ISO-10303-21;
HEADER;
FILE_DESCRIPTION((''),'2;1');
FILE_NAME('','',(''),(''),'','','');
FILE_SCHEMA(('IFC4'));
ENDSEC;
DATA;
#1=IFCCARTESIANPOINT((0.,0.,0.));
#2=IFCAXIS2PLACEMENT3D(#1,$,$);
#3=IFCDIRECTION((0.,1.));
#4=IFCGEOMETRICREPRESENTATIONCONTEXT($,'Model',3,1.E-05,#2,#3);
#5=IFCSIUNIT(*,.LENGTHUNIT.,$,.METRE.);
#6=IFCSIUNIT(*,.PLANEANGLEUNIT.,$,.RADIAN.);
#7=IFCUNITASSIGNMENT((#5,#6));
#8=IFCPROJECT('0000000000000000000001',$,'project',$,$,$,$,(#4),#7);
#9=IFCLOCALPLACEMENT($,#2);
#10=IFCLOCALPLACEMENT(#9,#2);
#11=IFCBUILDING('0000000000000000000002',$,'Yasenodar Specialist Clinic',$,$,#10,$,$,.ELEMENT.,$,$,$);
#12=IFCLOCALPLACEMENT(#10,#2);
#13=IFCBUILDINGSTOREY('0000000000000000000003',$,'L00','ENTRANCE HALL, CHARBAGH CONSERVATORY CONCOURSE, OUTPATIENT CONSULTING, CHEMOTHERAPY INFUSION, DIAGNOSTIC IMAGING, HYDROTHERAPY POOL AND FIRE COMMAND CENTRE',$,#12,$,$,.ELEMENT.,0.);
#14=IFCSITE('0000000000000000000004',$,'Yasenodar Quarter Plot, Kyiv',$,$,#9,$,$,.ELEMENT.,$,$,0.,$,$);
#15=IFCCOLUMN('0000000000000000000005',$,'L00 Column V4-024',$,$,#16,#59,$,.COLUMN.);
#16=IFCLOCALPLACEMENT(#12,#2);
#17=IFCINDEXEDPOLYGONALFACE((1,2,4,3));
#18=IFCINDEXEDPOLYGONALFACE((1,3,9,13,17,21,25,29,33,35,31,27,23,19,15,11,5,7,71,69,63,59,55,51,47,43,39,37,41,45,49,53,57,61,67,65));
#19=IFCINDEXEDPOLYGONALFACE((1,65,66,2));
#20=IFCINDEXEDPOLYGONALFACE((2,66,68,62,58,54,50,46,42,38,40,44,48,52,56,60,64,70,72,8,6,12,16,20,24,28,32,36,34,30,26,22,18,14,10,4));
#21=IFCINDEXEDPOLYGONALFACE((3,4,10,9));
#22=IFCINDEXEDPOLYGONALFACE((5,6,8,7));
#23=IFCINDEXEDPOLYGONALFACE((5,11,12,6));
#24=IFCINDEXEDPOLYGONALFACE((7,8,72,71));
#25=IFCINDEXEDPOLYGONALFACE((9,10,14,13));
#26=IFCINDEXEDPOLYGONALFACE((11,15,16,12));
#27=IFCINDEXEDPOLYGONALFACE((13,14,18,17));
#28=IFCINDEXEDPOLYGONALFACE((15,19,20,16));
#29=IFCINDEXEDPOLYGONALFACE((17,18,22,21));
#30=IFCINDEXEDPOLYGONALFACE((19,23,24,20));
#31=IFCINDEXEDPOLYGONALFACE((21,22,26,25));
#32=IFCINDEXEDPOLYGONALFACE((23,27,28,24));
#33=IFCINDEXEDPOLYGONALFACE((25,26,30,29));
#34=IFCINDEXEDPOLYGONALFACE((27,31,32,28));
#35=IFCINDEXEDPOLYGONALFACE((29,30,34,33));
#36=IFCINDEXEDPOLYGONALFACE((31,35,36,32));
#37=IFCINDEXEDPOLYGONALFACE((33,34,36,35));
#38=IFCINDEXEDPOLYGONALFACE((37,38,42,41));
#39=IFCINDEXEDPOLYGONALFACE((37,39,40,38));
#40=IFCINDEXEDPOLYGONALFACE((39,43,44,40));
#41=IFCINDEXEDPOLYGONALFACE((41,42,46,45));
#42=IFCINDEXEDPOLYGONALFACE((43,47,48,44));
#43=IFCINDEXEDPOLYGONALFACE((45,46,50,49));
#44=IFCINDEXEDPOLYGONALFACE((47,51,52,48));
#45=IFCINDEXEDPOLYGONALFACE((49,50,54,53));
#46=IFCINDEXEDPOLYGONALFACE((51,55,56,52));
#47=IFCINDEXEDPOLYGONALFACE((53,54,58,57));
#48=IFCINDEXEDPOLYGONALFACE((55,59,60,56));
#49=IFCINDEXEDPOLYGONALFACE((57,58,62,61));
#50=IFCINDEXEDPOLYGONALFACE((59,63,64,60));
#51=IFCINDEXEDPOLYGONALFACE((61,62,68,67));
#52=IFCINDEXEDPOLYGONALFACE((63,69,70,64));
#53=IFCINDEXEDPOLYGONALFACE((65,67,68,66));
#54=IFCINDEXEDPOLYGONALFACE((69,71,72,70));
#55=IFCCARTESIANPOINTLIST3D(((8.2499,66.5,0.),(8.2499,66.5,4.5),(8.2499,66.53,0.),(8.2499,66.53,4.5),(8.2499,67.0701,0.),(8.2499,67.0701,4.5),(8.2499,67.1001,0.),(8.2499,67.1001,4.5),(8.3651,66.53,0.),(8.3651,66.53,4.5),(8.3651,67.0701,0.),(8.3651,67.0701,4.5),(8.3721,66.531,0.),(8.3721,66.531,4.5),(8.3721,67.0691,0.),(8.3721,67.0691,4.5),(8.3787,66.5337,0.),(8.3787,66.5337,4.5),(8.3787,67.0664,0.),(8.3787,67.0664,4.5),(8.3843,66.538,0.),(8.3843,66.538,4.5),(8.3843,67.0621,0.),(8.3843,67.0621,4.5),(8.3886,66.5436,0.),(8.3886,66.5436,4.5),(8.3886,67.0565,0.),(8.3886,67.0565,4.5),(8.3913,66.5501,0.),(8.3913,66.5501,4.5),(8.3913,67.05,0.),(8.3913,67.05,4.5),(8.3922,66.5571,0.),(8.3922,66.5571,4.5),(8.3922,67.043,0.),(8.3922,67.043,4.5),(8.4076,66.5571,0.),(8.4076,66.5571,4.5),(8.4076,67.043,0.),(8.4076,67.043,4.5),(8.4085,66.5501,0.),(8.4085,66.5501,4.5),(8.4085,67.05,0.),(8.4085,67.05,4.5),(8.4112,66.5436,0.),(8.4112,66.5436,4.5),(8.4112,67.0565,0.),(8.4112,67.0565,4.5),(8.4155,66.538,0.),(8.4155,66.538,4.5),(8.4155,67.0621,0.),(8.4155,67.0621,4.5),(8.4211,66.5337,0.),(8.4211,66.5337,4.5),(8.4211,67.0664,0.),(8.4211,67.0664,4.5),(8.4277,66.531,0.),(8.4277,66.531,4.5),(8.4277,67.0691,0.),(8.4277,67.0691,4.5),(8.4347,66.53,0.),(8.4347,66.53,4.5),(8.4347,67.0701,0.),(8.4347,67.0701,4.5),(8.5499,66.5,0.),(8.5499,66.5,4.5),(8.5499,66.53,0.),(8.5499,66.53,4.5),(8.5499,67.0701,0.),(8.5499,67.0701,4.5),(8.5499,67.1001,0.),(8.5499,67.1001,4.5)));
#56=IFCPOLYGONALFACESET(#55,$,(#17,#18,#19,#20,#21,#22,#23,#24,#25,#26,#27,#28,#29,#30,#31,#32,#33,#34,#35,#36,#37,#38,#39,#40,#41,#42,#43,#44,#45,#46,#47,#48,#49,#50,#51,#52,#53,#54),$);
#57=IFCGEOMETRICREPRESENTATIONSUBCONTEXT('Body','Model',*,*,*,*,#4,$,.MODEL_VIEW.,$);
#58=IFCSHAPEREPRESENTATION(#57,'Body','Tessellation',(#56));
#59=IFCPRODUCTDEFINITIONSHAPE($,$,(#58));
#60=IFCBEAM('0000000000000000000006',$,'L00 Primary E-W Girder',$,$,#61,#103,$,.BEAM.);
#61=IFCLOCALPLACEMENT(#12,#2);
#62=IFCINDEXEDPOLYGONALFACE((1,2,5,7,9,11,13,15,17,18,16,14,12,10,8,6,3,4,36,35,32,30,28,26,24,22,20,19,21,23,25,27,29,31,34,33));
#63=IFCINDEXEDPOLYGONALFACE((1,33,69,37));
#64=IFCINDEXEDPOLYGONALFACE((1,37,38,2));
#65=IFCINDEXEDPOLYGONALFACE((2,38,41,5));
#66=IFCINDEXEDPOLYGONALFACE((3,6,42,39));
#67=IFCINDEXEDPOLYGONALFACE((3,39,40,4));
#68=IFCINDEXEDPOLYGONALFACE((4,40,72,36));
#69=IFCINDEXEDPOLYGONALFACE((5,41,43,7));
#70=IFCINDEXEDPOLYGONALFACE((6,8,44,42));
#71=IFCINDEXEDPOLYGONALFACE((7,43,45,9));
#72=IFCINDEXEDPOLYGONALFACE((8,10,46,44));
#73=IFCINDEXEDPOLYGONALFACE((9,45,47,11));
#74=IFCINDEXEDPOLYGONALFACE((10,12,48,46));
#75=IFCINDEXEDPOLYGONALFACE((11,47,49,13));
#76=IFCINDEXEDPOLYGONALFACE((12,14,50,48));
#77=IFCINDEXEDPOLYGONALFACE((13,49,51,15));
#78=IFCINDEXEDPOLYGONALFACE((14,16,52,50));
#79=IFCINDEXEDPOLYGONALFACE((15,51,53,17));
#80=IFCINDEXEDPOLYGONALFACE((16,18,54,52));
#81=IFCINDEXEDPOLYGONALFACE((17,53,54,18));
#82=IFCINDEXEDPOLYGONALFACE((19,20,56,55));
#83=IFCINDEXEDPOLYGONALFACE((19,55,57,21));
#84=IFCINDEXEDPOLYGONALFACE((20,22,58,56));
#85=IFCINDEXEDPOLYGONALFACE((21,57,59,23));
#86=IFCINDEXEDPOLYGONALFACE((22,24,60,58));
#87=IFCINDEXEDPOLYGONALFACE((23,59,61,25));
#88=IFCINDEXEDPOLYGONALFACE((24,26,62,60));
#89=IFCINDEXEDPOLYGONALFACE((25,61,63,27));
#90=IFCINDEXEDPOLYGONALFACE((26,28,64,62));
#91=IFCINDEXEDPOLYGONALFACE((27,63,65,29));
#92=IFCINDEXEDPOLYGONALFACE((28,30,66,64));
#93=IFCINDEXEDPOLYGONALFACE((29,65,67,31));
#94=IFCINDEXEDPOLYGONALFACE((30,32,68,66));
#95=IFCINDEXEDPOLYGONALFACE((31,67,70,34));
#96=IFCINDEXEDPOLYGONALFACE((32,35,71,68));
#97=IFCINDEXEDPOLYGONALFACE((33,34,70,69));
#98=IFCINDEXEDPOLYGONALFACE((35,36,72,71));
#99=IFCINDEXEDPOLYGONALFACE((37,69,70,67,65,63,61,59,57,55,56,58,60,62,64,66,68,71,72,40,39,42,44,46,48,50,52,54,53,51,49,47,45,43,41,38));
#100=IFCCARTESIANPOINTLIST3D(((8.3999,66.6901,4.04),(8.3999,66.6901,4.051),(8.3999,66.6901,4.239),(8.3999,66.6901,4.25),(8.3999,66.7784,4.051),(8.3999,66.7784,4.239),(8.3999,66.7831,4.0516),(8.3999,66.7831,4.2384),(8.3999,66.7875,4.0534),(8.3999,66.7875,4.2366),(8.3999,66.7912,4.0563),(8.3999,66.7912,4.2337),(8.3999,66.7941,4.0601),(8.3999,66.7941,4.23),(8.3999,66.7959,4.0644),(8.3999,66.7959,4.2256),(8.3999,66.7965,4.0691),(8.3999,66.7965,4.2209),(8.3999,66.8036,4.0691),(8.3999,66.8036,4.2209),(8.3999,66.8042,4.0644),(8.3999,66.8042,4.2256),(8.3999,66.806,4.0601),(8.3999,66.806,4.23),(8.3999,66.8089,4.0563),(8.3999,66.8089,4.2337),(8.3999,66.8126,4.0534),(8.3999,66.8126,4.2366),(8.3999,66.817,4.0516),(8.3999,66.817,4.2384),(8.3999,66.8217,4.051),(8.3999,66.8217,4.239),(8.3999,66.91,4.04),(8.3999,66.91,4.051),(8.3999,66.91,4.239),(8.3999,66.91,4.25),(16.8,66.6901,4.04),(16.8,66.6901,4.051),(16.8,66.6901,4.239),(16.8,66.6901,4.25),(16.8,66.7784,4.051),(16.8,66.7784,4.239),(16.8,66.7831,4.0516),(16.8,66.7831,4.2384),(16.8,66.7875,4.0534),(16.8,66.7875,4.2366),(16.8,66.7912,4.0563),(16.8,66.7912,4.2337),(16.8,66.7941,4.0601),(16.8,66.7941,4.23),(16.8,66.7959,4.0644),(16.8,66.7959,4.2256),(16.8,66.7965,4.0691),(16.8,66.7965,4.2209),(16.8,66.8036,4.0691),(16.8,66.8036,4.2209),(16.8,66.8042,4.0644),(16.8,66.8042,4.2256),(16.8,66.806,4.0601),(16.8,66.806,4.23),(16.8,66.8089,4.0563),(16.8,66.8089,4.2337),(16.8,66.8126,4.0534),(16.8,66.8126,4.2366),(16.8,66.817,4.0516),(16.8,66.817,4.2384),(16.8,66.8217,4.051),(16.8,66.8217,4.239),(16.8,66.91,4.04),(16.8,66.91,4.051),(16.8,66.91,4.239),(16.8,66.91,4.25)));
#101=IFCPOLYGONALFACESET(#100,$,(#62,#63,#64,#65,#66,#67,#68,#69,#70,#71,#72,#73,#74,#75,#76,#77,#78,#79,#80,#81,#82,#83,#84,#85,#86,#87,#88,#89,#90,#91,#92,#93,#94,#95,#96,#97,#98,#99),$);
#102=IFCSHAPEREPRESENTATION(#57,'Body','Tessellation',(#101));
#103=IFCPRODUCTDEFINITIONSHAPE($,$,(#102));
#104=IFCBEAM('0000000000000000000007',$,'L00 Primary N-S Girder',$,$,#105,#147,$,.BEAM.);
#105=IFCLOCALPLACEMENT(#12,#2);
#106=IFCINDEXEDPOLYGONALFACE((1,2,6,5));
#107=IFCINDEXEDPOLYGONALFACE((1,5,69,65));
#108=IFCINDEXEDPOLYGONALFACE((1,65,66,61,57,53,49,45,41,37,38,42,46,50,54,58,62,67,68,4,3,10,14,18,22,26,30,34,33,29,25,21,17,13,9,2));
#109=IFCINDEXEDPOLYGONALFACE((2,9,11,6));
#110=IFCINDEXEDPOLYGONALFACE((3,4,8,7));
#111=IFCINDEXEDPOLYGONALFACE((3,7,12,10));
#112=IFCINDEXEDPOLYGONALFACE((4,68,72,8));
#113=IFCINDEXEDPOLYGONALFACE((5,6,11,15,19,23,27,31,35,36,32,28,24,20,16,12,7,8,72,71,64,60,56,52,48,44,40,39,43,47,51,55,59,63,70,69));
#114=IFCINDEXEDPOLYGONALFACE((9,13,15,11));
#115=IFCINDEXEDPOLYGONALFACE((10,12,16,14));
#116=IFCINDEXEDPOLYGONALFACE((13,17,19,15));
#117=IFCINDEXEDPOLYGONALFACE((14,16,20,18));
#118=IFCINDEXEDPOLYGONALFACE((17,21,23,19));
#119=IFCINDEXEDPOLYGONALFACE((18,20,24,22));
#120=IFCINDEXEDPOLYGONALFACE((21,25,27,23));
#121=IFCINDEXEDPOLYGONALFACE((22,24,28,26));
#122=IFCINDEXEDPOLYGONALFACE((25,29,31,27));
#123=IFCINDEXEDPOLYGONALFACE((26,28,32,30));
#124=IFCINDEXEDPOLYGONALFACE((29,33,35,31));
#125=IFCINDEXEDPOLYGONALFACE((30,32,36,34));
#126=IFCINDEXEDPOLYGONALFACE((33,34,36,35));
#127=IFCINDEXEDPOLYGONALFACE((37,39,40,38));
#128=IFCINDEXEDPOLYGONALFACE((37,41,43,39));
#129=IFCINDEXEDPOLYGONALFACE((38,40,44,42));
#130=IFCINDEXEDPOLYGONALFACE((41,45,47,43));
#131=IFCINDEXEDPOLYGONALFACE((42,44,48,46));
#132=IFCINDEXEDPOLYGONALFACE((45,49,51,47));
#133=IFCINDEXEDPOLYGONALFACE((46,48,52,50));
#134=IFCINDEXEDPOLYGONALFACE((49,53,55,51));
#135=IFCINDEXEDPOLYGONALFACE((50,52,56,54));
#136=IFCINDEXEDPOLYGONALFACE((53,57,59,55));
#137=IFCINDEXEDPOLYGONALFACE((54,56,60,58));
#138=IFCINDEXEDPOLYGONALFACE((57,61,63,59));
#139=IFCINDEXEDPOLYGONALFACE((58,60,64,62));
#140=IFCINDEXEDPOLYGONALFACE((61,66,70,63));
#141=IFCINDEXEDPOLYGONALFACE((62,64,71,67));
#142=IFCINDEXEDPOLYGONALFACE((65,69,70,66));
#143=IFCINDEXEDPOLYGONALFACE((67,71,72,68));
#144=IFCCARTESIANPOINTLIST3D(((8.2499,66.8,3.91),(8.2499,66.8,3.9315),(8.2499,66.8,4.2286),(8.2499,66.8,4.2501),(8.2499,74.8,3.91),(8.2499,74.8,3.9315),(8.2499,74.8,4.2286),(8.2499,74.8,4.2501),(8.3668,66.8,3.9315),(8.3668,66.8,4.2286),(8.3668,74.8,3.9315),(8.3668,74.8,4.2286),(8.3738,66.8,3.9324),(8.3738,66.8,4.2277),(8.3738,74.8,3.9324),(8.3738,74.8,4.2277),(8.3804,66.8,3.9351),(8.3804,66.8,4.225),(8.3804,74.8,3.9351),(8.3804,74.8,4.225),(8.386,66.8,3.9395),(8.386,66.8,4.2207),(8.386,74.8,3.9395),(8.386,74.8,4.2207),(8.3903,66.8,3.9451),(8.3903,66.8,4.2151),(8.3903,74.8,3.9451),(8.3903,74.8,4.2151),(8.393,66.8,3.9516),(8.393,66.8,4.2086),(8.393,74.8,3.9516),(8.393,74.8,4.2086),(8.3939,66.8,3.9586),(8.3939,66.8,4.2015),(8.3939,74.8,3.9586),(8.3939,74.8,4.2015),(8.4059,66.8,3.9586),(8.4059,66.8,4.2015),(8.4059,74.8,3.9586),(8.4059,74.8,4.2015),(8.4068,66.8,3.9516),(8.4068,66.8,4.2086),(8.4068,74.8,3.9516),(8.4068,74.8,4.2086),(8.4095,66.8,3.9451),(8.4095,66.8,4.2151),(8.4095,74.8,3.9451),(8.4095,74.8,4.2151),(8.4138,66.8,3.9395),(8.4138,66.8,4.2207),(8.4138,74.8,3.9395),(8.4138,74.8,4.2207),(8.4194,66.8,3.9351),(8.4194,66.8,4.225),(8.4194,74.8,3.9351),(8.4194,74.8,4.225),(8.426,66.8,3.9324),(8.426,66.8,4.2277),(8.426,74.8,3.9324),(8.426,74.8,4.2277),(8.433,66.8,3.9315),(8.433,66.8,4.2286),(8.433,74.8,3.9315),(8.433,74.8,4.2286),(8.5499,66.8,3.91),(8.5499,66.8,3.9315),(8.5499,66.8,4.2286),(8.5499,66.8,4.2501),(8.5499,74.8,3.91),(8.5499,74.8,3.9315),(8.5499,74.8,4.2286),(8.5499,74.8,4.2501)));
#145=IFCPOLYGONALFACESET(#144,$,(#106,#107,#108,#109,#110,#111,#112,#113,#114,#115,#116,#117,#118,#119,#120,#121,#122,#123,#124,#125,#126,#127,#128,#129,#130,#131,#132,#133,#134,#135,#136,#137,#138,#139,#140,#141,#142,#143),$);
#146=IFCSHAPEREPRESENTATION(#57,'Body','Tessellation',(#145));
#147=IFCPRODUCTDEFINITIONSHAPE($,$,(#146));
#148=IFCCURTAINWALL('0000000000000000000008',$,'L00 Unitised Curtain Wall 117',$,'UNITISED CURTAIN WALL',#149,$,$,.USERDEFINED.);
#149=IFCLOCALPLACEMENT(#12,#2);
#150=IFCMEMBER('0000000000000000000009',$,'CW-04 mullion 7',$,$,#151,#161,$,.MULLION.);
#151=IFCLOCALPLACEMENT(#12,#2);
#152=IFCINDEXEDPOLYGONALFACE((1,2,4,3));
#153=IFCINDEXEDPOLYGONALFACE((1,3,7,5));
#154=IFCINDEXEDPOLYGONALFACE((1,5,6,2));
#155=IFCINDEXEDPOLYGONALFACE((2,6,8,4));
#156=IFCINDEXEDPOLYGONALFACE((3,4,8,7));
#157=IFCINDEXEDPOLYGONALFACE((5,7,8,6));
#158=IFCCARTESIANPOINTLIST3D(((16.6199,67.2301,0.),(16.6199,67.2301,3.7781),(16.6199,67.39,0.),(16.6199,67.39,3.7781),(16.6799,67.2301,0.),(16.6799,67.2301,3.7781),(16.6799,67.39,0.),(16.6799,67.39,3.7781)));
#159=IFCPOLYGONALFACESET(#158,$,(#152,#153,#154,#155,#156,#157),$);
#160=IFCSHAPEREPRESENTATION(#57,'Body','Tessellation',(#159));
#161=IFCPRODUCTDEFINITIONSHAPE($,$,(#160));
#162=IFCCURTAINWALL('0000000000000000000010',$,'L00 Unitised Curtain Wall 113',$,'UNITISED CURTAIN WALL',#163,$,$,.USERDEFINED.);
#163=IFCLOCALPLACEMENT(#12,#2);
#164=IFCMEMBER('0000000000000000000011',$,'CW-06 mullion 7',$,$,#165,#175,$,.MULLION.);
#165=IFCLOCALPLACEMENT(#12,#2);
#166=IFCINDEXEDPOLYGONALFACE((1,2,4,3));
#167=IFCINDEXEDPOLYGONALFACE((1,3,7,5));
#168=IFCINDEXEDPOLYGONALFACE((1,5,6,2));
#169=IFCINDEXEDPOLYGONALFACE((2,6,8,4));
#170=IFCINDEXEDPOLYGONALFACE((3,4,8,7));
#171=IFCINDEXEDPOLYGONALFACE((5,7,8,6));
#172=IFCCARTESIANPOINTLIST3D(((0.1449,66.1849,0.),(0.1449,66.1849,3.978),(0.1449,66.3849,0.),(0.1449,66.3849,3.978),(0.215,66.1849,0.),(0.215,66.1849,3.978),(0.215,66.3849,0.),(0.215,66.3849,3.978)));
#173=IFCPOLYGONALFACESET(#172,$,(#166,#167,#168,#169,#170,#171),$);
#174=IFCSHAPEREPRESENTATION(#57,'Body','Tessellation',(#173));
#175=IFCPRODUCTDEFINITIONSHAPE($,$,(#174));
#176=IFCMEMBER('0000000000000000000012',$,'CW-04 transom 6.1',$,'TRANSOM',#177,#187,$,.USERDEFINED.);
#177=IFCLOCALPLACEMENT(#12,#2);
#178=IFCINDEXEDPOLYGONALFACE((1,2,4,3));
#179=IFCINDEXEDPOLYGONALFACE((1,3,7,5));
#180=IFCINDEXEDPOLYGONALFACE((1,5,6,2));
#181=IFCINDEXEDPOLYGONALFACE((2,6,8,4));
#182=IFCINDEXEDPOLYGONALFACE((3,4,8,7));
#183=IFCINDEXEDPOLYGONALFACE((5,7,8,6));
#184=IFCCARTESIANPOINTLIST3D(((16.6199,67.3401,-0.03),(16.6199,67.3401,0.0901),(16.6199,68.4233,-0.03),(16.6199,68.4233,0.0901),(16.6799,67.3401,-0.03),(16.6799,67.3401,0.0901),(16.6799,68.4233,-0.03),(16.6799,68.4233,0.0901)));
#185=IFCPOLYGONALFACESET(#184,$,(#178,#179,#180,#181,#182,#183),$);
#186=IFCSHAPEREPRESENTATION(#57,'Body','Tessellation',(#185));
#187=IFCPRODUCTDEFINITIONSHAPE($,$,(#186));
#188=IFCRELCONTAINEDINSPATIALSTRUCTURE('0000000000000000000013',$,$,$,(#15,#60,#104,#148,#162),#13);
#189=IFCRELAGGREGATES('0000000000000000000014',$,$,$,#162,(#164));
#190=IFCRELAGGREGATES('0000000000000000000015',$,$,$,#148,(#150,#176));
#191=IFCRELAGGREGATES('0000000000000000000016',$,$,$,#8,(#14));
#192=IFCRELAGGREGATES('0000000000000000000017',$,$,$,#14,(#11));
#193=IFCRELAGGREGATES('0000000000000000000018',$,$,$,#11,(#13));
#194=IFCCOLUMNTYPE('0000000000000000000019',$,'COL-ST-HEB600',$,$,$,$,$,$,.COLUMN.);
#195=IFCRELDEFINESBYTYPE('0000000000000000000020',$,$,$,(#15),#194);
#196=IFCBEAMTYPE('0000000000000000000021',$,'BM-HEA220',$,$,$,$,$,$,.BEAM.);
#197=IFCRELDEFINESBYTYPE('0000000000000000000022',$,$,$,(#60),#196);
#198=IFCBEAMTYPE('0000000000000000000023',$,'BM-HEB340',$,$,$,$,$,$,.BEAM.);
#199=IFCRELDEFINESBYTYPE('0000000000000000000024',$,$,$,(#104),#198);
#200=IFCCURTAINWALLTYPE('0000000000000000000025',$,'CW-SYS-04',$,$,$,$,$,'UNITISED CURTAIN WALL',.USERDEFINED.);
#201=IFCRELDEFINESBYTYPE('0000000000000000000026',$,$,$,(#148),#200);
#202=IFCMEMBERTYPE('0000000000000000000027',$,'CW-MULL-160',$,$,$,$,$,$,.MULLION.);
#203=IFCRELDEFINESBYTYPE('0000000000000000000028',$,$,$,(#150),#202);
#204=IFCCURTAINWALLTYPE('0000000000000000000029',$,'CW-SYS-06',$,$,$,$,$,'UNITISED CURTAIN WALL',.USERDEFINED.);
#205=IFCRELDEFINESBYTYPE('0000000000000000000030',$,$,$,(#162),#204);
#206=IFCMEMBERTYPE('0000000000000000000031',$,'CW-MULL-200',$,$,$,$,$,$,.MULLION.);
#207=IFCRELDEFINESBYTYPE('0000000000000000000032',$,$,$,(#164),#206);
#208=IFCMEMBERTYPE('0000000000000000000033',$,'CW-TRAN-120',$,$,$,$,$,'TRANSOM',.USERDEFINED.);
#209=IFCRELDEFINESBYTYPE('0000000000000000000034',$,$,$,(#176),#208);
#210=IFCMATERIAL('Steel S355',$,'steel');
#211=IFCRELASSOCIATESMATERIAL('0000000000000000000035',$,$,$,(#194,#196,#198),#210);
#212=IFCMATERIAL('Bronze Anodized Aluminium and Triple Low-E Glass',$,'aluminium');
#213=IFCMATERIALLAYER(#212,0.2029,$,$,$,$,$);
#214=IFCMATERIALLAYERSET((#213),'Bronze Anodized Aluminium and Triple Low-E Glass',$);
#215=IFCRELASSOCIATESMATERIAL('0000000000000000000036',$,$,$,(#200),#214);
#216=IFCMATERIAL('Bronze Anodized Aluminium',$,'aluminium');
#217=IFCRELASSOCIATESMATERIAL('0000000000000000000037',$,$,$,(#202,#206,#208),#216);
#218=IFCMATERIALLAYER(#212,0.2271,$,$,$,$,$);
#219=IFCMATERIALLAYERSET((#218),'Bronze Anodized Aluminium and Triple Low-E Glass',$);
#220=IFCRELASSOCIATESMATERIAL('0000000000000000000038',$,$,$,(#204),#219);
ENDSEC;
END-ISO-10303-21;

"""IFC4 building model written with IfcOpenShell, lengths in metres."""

from ifc_helpers import new_model, si_unit, direction, frame, origin, origin_2d, place, context, subcontext, project, spatial, rectangle, i_section, extrude, material, layer, layer_set, material_profile, profile_set, type_object, element, aggregate, save


model = new_model("IFC4")

# Units and contexts
model_context = context("Model", 3, precision=1e-05, world=origin(), true_north=direction((0.0, 1.0)))
body_context = subcontext(model_context, "Body", "Model", "MODEL_VIEW")
ifc_project = project(units=[si_unit("LENGTHUNIT", "METRE"), si_unit("PLANEANGLEUNIT", "RADIAN")], contexts=[model_context])

# Site, building, storey
site_placement = place(None, origin())
site = spatial("IfcSite", under=ifc_project, at=site_placement, Name="Yasenodar Quarter Plot, Kyiv", CompositionType="ELEMENT", RefElevation=0.0)
building_placement = place(site_placement, origin())
building = spatial("IfcBuilding", under=site, at=building_placement, Name="Yasenodar Specialist Clinic", CompositionType="ELEMENT")
storey_placement = place(building_placement, origin())
storey = spatial("IfcBuildingStorey", under=building, at=storey_placement, Name="L00", Description="ENTRANCE HALL, CHARBAGH CONSERVATORY CONCOURSE, OUTPATIENT CONSULTING, CHEMOTHERAPY INFUSION, DIAGNOSTIC IMAGING, HYDROTHERAPY POOL AND FIRE COMMAND CENTRE", CompositionType="ELEMENT", Elevation=0.0)

# Column
ifc_material_1 = material(Name="Steel S355", Category="steel")
ifc_material_profile_1 = material_profile(ifc_material_1, i_section(OverallWidth=0.3, OverallDepth=0.6001, WebThickness=0.0154, FlangeThickness=0.03, FilletRadius=0.0271, at=origin_2d()), Name="HEB 600")
ifc_profile_set_1 = profile_set([ifc_material_profile_1], Name="Steel S355")
column_type = type_object("IfcColumnType", Name="COL-ST-HEB600", PredefinedType="COLUMN", material=ifc_profile_set_1)
column_placement = place(storey_placement, frame((8.3999, 66.8, 0.0), z_axis=(0.0, 0.0, 1.0), x_axis=(1.0, 0.0, 0.0)))
element("IfcColumn", 1, at=column_placement, inside=storey, type_object=column_type, Name="L00 Column V4-024", PredefinedType="COLUMN", context=body_context, shape_type="SweptSolid", body=[
    extrude(i_section(OverallWidth=0.3, OverallDepth=0.6001, WebThickness=0.0154, FlangeThickness=0.03, FilletRadius=0.0271, at=origin_2d()), origin(), (0.0, 0.0, 1.0), 4.5),
])

# Beams
ifc_material_profile_2 = material_profile(ifc_material_1, i_section(OverallWidth=0.22, OverallDepth=0.21, WebThickness=0.0071, FlangeThickness=0.011, FilletRadius=0.0181, at=origin_2d()), Name="HEA 220")
ifc_profile_set_2 = profile_set([ifc_material_profile_2], Name="Steel S355")
beam_type_1 = type_object("IfcBeamType", Name="BM-HEA220", PredefinedType="BEAM", material=ifc_profile_set_2)
beam_1_placement = place(storey_placement, frame((8.3999, 66.8, 4.145), z_axis=(1.0, 0.0, 0.0), x_axis=(0.0, 1.0, 0.0)))
element("IfcBeam", 2, at=beam_1_placement, inside=storey, type_object=beam_type_1, Name="L00 Primary E-W Girder", PredefinedType="BEAM", context=body_context, shape_type="SweptSolid", body=[
    extrude(i_section(OverallWidth=0.22, OverallDepth=0.21, WebThickness=0.0071, FlangeThickness=0.011, FilletRadius=0.0181, at=origin_2d()), origin(), (0.0, 0.0, 1.0), 8.4001),
])
ifc_material_profile_3 = material_profile(ifc_material_1, i_section(OverallWidth=0.3, OverallDepth=0.3401, WebThickness=0.012, FlangeThickness=0.0215, FilletRadius=0.0271, at=origin_2d()), Name="HEB 340")
ifc_profile_set_3 = profile_set([ifc_material_profile_3], Name="Steel S355")
beam_type_2 = type_object("IfcBeamType", Name="BM-HEB340", PredefinedType="BEAM", material=ifc_profile_set_3)
beam_2_placement = place(storey_placement, frame((8.3999, 66.8, 4.0801), z_axis=(0.0, 1.0, 0.0), x_axis=(-1.0, 0.0, 0.0)))
element("IfcBeam", 3, at=beam_2_placement, inside=storey, type_object=beam_type_2, Name="L00 Primary N-S Girder", PredefinedType="BEAM", context=body_context, shape_type="SweptSolid", body=[
    extrude(i_section(OverallWidth=0.3, OverallDepth=0.3401, WebThickness=0.012, FlangeThickness=0.0215, FilletRadius=0.0271, at=origin_2d()), origin(), (0.0, 0.0, 1.0), 8.0),
])

# Curtain walls, members
ifc_material_2 = material(Name="Bronze Anodized Aluminium and Triple Low-E Glass", Category="aluminium")
ifc_layer_1 = layer(ifc_material_2, 0.2029)
ifc_layer_set_1 = layer_set([ifc_layer_1], Name="Bronze Anodized Aluminium and Triple Low-E Glass")
curtain_wall_type_1 = type_object("IfcCurtainWallType", Name="CW-SYS-04", ElementType="UNITISED CURTAIN WALL", PredefinedType="USERDEFINED", material=ifc_layer_set_1)
curtain_wall_1_placement = place(storey_placement, origin())
curtain_wall_1 = element("IfcCurtainWall", 4, at=curtain_wall_1_placement, inside=storey, type_object=curtain_wall_type_1, Name="L00 Unitised Curtain Wall 117", ObjectType="UNITISED CURTAIN WALL", PredefinedType="USERDEFINED")
ifc_material_3 = material(Name="Bronze Anodized Aluminium", Category="aluminium")
ifc_material_profile_4 = material_profile(ifc_material_3, rectangle(XDim=0.0601, YDim=0.1599, at=origin_2d()), Name="CW-MULL 60x160")
ifc_profile_set_4 = profile_set([ifc_material_profile_4], Name="Bronze Anodized Aluminium")
member_type_1 = type_object("IfcMemberType", Name="CW-MULL-160", PredefinedType="MULLION", material=ifc_profile_set_4)
member_1_placement = place(storey_placement, frame((16.6499, 67.3101, 0.0), z_axis=(0.0, 0.0, 1.0), x_axis=(1.0, 0.0, 0.0)))
member_1 = element("IfcMember", 5, at=member_1_placement, type_object=member_type_1, Name="CW-04 mullion 7", PredefinedType="MULLION", context=body_context, shape_type="SweptSolid", body=[
    extrude(rectangle(XDim=0.0601, YDim=0.1599, at=origin_2d()), origin(), (0.0, 0.0, 1.0), 3.7781),
])
ifc_layer_2 = layer(ifc_material_2, 0.2271)
ifc_layer_set_2 = layer_set([ifc_layer_2], Name="Bronze Anodized Aluminium and Triple Low-E Glass")
curtain_wall_type_2 = type_object("IfcCurtainWallType", Name="CW-SYS-06", ElementType="UNITISED CURTAIN WALL", PredefinedType="USERDEFINED", material=ifc_layer_set_2)
curtain_wall_2_placement = place(storey_placement, origin())
curtain_wall_2 = element("IfcCurtainWall", 6, at=curtain_wall_2_placement, inside=storey, type_object=curtain_wall_type_2, Name="L00 Unitised Curtain Wall 113", ObjectType="UNITISED CURTAIN WALL", PredefinedType="USERDEFINED")
ifc_material_profile_5 = material_profile(ifc_material_3, rectangle(XDim=0.0701, YDim=0.2, at=origin_2d()), Name="CW-MULL 70x200")
ifc_profile_set_5 = profile_set([ifc_material_profile_5], Name="Bronze Anodized Aluminium")
member_type_2 = type_object("IfcMemberType", Name="CW-MULL-200", PredefinedType="MULLION", material=ifc_profile_set_5)
member_2_placement = place(storey_placement, frame((0.1799, 66.2849, 0.0), z_axis=(0.0, 0.0, 1.0), x_axis=(-1.0, 0.0, 0.0)))
member_2 = element("IfcMember", 7, at=member_2_placement, type_object=member_type_2, Name="CW-06 mullion 7", PredefinedType="MULLION", context=body_context, shape_type="SweptSolid", body=[
    extrude(rectangle(XDim=0.0701, YDim=0.2, at=origin_2d()), origin(), (0.0, 0.0, 1.0), 3.978),
])

# Member
ifc_material_profile_6 = material_profile(ifc_material_3, rectangle(XDim=0.0601, YDim=0.1201, at=origin_2d()), Name="CW-TRAN 60x120")
ifc_profile_set_6 = profile_set([ifc_material_profile_6], Name="Bronze Anodized Aluminium")
member_type_3 = type_object("IfcMemberType", Name="CW-TRAN-120", ElementType="TRANSOM", PredefinedType="USERDEFINED", material=ifc_profile_set_6)
member_3_placement = place(storey_placement, frame((16.6499, 68.4233, 0.03), z_axis=(0.0, -1.0, 0.0), x_axis=(1.0, 0.0, 0.0)))
member_3 = element("IfcMember", 8, at=member_3_placement, type_object=member_type_3, Name="CW-04 transom 6.1", ObjectType="TRANSOM", PredefinedType="USERDEFINED", context=body_context, shape_type="SweptSolid", body=[
    extrude(rectangle(XDim=0.0601, YDim=0.1201, at=origin_2d()), origin(), (0.0, 0.0, 1.0), 1.0833),
])

aggregate(curtain_wall_2, [member_2])
aggregate(curtain_wall_1, [member_1, member_3])

save(model, "model.ifc")
